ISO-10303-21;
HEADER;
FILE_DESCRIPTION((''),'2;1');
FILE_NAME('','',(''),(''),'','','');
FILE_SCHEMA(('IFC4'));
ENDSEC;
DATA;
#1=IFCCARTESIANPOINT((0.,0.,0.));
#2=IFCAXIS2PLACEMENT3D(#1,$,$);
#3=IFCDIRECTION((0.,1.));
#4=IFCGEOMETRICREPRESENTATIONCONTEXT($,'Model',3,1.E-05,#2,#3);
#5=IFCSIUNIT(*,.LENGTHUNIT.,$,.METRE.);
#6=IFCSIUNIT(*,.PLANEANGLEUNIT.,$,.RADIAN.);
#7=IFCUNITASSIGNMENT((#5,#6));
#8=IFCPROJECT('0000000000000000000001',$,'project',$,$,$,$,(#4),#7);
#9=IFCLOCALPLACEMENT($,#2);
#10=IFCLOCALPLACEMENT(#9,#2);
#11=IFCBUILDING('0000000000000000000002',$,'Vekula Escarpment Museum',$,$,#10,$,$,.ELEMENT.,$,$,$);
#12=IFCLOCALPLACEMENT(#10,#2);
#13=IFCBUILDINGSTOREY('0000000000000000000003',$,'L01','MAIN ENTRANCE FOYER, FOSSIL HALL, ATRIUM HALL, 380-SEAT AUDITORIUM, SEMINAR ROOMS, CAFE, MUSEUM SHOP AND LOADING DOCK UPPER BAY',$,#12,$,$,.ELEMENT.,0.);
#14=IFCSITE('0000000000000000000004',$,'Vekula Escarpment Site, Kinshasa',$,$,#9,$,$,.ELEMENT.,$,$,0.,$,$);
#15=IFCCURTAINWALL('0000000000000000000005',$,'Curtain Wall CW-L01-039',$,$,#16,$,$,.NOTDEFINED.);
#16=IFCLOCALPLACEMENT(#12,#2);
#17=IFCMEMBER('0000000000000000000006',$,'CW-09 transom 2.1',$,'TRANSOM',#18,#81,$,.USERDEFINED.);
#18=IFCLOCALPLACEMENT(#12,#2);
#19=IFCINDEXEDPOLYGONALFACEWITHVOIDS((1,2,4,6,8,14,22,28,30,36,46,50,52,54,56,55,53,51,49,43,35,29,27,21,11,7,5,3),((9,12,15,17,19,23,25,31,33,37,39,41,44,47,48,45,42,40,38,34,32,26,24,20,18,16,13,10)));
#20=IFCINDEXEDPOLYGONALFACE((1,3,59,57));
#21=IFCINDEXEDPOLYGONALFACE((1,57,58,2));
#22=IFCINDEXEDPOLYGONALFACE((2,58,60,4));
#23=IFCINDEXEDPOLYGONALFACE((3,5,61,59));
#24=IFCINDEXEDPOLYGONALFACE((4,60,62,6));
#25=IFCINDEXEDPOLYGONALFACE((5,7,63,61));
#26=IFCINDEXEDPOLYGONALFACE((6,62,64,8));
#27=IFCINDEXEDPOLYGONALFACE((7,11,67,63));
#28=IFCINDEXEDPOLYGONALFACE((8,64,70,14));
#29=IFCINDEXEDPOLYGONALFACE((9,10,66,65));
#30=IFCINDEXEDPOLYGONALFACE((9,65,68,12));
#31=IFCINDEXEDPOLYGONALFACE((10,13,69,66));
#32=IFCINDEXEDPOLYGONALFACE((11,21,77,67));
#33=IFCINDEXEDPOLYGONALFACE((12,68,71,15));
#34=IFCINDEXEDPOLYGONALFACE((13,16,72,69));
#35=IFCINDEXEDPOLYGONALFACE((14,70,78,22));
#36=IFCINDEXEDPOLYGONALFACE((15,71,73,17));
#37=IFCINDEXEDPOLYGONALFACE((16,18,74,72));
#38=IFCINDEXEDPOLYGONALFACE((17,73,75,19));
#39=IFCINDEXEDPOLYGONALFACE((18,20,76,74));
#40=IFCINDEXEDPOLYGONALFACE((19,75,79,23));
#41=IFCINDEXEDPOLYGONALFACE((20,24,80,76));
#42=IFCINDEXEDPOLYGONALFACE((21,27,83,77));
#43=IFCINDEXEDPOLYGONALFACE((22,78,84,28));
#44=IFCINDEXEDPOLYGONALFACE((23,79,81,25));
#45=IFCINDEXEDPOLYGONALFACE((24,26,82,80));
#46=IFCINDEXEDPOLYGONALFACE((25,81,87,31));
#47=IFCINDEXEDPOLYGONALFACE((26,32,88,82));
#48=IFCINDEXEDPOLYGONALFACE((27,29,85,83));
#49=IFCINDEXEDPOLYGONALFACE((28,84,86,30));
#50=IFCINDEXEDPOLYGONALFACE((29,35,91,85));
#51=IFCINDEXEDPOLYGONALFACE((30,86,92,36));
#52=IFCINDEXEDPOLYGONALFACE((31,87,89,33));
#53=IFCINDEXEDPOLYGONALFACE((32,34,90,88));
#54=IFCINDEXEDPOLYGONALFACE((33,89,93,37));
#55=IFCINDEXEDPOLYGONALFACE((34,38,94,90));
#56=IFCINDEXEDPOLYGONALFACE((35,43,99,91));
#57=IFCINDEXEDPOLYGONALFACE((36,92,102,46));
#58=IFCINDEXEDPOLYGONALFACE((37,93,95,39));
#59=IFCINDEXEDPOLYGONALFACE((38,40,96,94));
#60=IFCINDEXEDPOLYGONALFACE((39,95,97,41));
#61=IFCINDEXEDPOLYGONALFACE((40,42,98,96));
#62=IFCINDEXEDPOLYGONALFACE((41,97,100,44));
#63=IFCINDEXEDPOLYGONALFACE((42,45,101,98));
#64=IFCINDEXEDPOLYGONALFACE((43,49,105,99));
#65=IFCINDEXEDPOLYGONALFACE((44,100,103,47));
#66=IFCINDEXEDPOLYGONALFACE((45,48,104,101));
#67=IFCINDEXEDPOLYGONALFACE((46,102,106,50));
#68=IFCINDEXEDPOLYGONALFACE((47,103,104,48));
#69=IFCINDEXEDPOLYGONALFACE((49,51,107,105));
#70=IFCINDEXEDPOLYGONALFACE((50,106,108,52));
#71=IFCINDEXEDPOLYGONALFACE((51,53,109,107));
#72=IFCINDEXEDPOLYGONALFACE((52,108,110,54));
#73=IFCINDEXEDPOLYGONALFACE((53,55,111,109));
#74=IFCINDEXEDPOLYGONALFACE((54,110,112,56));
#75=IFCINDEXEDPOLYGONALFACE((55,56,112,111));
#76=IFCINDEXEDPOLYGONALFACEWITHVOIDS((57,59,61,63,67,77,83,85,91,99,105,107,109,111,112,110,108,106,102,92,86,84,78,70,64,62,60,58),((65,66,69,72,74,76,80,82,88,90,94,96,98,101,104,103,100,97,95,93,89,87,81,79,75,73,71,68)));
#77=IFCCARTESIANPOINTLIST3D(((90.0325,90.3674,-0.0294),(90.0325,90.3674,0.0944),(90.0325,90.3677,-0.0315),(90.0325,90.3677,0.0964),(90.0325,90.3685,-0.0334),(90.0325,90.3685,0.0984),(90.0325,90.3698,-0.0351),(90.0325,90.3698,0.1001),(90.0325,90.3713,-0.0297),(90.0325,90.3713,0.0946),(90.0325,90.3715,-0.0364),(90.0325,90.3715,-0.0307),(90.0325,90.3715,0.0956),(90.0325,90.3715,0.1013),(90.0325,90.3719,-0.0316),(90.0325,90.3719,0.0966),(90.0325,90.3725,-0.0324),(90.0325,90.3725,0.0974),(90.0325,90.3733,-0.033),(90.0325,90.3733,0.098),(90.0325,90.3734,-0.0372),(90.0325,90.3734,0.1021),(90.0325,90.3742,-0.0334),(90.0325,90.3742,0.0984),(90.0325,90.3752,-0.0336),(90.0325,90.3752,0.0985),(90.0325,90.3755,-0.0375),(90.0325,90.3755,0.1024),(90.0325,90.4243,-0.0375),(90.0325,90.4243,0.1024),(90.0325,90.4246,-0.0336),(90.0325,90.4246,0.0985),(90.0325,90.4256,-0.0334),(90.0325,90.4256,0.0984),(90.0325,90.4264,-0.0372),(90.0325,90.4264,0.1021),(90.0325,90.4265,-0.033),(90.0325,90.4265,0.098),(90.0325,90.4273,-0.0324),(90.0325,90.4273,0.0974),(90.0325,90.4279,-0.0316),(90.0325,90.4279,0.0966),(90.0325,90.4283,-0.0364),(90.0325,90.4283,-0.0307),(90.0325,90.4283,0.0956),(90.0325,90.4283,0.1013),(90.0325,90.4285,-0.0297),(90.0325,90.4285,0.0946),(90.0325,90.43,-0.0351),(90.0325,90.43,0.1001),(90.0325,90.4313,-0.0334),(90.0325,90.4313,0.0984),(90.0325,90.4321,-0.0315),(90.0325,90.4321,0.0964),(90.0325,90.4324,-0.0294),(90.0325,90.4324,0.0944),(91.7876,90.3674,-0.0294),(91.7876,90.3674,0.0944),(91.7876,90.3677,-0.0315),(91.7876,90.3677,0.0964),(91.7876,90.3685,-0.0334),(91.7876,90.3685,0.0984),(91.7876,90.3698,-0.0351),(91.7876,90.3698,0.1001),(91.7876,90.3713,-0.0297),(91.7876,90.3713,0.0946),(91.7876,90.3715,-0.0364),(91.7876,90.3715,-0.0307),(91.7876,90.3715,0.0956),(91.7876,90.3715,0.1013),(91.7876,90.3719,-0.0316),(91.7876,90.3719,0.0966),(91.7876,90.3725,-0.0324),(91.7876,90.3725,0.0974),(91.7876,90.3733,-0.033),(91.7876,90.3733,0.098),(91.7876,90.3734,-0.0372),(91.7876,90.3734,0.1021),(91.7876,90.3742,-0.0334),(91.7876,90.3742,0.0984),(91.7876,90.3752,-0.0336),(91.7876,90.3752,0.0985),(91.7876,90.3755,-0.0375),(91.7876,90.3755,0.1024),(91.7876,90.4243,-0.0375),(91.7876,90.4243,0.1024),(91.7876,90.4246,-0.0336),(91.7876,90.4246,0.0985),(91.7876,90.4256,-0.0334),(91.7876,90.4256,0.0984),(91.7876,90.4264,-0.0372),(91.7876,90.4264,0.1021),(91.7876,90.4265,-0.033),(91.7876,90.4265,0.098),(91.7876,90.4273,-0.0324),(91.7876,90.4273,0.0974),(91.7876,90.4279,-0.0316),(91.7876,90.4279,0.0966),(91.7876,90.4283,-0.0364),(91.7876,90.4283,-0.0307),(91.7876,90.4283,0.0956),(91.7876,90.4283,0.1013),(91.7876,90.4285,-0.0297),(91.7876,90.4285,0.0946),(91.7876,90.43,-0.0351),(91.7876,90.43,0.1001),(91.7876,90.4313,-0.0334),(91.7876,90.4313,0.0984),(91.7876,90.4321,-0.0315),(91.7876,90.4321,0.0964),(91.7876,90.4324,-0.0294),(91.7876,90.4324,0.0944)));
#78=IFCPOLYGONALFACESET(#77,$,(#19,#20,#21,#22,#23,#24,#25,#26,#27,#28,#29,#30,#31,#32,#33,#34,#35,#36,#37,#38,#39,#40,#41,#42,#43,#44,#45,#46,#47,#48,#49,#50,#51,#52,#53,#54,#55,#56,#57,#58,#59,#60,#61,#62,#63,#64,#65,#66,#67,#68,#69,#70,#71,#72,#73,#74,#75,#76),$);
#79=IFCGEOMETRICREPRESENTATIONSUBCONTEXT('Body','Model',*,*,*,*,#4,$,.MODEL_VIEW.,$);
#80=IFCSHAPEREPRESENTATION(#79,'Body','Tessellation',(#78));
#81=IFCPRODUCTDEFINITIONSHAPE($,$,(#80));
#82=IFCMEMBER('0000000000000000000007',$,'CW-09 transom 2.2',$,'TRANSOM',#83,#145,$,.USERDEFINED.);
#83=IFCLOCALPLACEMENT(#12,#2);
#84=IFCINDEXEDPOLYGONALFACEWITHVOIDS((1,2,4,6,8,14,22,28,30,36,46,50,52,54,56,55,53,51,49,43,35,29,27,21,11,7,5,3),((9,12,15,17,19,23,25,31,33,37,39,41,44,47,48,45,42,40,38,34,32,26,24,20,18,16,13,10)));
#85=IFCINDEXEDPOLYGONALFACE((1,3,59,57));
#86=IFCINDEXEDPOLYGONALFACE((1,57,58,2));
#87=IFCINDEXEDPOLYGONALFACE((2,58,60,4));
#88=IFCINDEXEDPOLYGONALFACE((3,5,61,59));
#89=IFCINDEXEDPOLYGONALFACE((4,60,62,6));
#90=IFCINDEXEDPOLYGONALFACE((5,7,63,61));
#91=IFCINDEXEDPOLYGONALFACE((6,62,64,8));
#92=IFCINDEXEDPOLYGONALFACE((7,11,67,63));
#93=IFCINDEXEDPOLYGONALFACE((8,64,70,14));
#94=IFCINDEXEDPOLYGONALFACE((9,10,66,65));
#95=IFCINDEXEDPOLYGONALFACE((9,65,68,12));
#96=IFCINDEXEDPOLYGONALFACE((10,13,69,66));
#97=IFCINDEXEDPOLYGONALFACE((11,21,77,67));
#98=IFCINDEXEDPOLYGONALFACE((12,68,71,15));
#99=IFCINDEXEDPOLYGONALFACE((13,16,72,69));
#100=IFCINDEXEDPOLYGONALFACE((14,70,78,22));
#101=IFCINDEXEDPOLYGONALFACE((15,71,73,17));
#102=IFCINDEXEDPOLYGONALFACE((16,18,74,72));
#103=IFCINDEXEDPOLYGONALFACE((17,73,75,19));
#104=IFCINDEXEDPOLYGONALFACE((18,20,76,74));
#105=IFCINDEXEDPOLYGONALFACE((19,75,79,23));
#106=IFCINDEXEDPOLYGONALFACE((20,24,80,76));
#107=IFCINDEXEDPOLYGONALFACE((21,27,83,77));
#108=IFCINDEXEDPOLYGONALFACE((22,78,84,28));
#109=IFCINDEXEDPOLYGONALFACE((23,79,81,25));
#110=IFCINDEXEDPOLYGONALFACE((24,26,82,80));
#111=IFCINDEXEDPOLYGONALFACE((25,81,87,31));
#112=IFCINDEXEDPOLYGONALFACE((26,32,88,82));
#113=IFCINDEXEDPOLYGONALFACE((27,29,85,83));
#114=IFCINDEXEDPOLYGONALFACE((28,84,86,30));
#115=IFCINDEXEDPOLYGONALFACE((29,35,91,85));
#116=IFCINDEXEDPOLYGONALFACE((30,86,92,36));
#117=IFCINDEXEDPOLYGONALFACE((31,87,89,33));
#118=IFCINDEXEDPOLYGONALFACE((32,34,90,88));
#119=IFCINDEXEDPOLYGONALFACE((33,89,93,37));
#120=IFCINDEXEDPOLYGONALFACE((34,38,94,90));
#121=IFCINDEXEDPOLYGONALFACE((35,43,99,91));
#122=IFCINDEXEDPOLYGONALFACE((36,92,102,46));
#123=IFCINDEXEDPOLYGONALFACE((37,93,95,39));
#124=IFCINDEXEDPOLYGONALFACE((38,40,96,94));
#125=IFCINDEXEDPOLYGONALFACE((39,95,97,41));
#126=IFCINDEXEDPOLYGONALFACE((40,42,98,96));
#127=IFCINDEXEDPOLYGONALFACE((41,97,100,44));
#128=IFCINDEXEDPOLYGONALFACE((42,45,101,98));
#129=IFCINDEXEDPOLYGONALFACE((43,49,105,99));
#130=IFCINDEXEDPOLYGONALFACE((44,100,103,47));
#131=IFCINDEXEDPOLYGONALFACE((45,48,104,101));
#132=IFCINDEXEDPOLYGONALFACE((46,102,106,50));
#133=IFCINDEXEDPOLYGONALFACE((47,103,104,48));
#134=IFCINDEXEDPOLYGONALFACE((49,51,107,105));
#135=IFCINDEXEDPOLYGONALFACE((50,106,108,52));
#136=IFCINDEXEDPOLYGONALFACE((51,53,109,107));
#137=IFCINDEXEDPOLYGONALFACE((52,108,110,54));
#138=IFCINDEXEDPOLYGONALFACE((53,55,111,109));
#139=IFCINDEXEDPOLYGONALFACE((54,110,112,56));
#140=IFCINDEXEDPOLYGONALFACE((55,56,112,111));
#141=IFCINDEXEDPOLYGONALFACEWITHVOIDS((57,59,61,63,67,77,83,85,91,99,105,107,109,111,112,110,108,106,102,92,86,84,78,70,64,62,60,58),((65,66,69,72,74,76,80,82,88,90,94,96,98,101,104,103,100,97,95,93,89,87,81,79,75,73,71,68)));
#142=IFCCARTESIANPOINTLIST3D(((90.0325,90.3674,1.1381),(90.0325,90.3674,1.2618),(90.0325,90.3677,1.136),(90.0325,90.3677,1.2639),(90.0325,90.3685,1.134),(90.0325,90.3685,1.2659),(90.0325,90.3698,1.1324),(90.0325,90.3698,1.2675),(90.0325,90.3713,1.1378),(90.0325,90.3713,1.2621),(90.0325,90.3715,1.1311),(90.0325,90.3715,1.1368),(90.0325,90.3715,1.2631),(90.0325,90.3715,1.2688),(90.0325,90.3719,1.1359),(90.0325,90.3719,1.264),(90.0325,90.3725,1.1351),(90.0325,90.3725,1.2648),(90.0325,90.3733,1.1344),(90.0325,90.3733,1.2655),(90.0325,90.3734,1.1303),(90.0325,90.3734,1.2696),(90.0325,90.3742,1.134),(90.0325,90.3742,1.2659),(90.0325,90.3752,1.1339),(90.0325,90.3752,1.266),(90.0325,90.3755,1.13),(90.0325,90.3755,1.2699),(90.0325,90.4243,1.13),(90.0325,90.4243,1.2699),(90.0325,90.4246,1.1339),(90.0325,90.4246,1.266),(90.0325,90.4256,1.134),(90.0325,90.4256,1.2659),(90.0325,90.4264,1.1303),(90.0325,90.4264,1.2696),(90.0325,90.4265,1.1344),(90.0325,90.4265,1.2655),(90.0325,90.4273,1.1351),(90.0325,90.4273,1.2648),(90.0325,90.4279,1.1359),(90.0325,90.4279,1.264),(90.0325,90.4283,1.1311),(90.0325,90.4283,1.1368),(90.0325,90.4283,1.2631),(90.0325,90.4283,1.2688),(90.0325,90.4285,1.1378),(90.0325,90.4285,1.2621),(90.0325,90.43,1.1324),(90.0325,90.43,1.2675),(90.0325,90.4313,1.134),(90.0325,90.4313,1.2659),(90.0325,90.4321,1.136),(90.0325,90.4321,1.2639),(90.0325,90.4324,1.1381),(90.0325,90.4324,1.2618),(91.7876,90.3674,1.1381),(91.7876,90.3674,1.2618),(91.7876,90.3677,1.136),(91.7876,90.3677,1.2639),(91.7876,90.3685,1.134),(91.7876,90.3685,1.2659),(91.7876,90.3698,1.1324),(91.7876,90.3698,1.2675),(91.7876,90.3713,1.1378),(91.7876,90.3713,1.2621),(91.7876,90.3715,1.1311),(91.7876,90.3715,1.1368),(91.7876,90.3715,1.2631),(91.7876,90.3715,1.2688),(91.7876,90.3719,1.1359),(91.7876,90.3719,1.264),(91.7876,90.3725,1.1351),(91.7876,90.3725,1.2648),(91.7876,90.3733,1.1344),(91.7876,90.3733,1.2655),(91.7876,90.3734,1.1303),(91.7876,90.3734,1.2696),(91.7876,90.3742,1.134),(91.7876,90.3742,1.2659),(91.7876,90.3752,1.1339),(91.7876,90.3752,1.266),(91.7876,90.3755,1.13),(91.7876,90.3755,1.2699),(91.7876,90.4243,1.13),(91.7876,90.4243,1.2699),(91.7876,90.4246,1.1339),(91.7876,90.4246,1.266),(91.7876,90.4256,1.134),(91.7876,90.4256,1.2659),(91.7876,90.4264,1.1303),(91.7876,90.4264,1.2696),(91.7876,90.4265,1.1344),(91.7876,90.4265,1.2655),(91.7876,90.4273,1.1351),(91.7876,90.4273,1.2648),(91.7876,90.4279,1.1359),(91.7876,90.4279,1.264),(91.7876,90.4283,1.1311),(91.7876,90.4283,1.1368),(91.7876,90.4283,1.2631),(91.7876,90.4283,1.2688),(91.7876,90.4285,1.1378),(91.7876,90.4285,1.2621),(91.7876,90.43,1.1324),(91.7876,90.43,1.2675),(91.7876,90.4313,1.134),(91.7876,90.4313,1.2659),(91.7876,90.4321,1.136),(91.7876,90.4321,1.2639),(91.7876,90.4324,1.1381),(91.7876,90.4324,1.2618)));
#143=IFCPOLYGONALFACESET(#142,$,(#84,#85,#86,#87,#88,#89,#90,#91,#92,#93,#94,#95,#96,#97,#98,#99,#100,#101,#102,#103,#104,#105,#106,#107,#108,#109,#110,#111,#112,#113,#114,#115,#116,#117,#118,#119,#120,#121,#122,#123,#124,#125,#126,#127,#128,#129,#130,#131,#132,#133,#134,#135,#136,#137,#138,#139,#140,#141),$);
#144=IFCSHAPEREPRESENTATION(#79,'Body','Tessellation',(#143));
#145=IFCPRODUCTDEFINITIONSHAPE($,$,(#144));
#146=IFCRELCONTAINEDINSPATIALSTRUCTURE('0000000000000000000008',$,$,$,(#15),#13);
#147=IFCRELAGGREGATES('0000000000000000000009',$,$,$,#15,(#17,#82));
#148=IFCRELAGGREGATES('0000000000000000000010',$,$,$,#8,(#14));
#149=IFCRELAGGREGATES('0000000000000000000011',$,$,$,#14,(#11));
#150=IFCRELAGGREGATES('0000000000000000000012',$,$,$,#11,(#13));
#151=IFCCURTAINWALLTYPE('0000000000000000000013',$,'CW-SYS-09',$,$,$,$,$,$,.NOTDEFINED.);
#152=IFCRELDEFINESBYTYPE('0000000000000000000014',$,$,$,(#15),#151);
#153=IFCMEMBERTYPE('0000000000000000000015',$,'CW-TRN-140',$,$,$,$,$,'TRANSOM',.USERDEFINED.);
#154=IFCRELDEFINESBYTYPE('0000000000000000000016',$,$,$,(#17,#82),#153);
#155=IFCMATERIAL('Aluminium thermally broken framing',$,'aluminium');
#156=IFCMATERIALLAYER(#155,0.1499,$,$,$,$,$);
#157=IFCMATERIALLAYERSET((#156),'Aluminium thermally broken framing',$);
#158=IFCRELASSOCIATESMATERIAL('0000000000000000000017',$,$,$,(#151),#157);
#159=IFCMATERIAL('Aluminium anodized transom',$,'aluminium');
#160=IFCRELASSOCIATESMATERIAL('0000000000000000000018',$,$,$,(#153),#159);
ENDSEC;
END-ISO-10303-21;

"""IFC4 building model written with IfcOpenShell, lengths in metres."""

from ifc_helpers import new_model, si_unit, direction, frame, origin, origin_2d, place, context, subcontext, project, spatial, hollow_rectangle, extrude, material, layer, layer_set, material_profile, profile_set, type_object, element, aggregate, save


model = new_model("IFC4")

# Units and contexts
model_context = context("Model", 3, precision=1e-05, world=origin(), true_north=direction((0.0, 1.0)))
body_context = subcontext(model_context, "Body", "Model", "MODEL_VIEW")
ifc_project = project(units=[si_unit("LENGTHUNIT", "METRE"), si_unit("PLANEANGLEUNIT", "RADIAN")], contexts=[model_context])

# Site, building, storey
site_placement = place(None, origin())
site = spatial("IfcSite", under=ifc_project, at=site_placement, Name="Vekula Escarpment Site, Kinshasa", CompositionType="ELEMENT", RefElevation=0.0)
building_placement = place(site_placement, origin())
building = spatial("IfcBuilding", under=site, at=building_placement, Name="Vekula Escarpment Museum", CompositionType="ELEMENT")
storey_placement = place(building_placement, origin())
storey = spatial("IfcBuildingStorey", under=building, at=storey_placement, Name="L01", Description="MAIN ENTRANCE FOYER, FOSSIL HALL, ATRIUM HALL, 380-SEAT AUDITORIUM, SEMINAR ROOMS, CAFE, MUSEUM SHOP AND LOADING DOCK UPPER BAY", CompositionType="ELEMENT", Elevation=0.0)

# Curtain wall, members
ifc_material_1 = material(Name="Aluminium thermally broken framing", Category="aluminium")
ifc_layer_1 = layer(ifc_material_1, 0.1499)
ifc_layer_set_1 = layer_set([ifc_layer_1], Name="Aluminium thermally broken framing")
curtain_wall_type_1 = type_object("IfcCurtainWallType", Name="CW-SYS-09", PredefinedType="NOTDEFINED", material=ifc_layer_set_1)
curtain_wall_1_placement = place(storey_placement, origin())
curtain_wall_1 = element("IfcCurtainWall", 1, at=curtain_wall_1_placement, inside=storey, type_object=curtain_wall_type_1, Name="Curtain Wall CW-L01-039", PredefinedType="NOTDEFINED")
ifc_material_2 = material(Name="Aluminium anodized transom", Category="aluminium")
ifc_material_profile_1 = material_profile(ifc_material_2, hollow_rectangle(XDim=0.0649, YDim=0.1399, WallThickness=0.0039, InnerFilletRadius=0.0039, OuterFilletRadius=0.0081, at=origin_2d()), Name="ALU 140x65x4")
ifc_profile_set_1 = profile_set([ifc_material_profile_1], Name="Aluminium anodized transom")
member_type_1 = type_object("IfcMemberType", Name="CW-TRN-140", ElementType="TRANSOM", PredefinedType="USERDEFINED", material=ifc_profile_set_1)
member_1_placement = place(storey_placement, frame((91.7876, 90.3999, 0.0325), z_axis=(-1.0, 0.0, 0.0), x_axis=(0.0, -1.0, 0.0)))
member_1 = element("IfcMember", 2, at=member_1_placement, type_object=member_type_1, Name="CW-09 transom 2.1", ObjectType="TRANSOM", PredefinedType="USERDEFINED", context=body_context, shape_type="SweptSolid", body=[
    extrude(hollow_rectangle(XDim=0.0649, YDim=0.1399, WallThickness=0.0039, InnerFilletRadius=0.0039, OuterFilletRadius=0.0081, at=origin_2d()), origin(), (0.0, 0.0, 1.0), 1.7551),
])
member_2_placement = place(storey_placement, frame((91.7876, 90.3999, 1.2), z_axis=(-1.0, 0.0, 0.0), x_axis=(0.0, -1.0, 0.0)))
member_2 = element("IfcMember", 3, at=member_2_placement, type_object=member_type_1, Name="CW-09 transom 2.2", ObjectType="TRANSOM", PredefinedType="USERDEFINED", context=body_context, shape_type="SweptSolid", body=[
    extrude(hollow_rectangle(XDim=0.0649, YDim=0.1399, WallThickness=0.0039, InnerFilletRadius=0.0039, OuterFilletRadius=0.0081, at=origin_2d()), origin(), (0.0, 0.0, 1.0), 1.7551),
])

aggregate(curtain_wall_1, [member_1, member_2])

save(model, "model.ifc")
